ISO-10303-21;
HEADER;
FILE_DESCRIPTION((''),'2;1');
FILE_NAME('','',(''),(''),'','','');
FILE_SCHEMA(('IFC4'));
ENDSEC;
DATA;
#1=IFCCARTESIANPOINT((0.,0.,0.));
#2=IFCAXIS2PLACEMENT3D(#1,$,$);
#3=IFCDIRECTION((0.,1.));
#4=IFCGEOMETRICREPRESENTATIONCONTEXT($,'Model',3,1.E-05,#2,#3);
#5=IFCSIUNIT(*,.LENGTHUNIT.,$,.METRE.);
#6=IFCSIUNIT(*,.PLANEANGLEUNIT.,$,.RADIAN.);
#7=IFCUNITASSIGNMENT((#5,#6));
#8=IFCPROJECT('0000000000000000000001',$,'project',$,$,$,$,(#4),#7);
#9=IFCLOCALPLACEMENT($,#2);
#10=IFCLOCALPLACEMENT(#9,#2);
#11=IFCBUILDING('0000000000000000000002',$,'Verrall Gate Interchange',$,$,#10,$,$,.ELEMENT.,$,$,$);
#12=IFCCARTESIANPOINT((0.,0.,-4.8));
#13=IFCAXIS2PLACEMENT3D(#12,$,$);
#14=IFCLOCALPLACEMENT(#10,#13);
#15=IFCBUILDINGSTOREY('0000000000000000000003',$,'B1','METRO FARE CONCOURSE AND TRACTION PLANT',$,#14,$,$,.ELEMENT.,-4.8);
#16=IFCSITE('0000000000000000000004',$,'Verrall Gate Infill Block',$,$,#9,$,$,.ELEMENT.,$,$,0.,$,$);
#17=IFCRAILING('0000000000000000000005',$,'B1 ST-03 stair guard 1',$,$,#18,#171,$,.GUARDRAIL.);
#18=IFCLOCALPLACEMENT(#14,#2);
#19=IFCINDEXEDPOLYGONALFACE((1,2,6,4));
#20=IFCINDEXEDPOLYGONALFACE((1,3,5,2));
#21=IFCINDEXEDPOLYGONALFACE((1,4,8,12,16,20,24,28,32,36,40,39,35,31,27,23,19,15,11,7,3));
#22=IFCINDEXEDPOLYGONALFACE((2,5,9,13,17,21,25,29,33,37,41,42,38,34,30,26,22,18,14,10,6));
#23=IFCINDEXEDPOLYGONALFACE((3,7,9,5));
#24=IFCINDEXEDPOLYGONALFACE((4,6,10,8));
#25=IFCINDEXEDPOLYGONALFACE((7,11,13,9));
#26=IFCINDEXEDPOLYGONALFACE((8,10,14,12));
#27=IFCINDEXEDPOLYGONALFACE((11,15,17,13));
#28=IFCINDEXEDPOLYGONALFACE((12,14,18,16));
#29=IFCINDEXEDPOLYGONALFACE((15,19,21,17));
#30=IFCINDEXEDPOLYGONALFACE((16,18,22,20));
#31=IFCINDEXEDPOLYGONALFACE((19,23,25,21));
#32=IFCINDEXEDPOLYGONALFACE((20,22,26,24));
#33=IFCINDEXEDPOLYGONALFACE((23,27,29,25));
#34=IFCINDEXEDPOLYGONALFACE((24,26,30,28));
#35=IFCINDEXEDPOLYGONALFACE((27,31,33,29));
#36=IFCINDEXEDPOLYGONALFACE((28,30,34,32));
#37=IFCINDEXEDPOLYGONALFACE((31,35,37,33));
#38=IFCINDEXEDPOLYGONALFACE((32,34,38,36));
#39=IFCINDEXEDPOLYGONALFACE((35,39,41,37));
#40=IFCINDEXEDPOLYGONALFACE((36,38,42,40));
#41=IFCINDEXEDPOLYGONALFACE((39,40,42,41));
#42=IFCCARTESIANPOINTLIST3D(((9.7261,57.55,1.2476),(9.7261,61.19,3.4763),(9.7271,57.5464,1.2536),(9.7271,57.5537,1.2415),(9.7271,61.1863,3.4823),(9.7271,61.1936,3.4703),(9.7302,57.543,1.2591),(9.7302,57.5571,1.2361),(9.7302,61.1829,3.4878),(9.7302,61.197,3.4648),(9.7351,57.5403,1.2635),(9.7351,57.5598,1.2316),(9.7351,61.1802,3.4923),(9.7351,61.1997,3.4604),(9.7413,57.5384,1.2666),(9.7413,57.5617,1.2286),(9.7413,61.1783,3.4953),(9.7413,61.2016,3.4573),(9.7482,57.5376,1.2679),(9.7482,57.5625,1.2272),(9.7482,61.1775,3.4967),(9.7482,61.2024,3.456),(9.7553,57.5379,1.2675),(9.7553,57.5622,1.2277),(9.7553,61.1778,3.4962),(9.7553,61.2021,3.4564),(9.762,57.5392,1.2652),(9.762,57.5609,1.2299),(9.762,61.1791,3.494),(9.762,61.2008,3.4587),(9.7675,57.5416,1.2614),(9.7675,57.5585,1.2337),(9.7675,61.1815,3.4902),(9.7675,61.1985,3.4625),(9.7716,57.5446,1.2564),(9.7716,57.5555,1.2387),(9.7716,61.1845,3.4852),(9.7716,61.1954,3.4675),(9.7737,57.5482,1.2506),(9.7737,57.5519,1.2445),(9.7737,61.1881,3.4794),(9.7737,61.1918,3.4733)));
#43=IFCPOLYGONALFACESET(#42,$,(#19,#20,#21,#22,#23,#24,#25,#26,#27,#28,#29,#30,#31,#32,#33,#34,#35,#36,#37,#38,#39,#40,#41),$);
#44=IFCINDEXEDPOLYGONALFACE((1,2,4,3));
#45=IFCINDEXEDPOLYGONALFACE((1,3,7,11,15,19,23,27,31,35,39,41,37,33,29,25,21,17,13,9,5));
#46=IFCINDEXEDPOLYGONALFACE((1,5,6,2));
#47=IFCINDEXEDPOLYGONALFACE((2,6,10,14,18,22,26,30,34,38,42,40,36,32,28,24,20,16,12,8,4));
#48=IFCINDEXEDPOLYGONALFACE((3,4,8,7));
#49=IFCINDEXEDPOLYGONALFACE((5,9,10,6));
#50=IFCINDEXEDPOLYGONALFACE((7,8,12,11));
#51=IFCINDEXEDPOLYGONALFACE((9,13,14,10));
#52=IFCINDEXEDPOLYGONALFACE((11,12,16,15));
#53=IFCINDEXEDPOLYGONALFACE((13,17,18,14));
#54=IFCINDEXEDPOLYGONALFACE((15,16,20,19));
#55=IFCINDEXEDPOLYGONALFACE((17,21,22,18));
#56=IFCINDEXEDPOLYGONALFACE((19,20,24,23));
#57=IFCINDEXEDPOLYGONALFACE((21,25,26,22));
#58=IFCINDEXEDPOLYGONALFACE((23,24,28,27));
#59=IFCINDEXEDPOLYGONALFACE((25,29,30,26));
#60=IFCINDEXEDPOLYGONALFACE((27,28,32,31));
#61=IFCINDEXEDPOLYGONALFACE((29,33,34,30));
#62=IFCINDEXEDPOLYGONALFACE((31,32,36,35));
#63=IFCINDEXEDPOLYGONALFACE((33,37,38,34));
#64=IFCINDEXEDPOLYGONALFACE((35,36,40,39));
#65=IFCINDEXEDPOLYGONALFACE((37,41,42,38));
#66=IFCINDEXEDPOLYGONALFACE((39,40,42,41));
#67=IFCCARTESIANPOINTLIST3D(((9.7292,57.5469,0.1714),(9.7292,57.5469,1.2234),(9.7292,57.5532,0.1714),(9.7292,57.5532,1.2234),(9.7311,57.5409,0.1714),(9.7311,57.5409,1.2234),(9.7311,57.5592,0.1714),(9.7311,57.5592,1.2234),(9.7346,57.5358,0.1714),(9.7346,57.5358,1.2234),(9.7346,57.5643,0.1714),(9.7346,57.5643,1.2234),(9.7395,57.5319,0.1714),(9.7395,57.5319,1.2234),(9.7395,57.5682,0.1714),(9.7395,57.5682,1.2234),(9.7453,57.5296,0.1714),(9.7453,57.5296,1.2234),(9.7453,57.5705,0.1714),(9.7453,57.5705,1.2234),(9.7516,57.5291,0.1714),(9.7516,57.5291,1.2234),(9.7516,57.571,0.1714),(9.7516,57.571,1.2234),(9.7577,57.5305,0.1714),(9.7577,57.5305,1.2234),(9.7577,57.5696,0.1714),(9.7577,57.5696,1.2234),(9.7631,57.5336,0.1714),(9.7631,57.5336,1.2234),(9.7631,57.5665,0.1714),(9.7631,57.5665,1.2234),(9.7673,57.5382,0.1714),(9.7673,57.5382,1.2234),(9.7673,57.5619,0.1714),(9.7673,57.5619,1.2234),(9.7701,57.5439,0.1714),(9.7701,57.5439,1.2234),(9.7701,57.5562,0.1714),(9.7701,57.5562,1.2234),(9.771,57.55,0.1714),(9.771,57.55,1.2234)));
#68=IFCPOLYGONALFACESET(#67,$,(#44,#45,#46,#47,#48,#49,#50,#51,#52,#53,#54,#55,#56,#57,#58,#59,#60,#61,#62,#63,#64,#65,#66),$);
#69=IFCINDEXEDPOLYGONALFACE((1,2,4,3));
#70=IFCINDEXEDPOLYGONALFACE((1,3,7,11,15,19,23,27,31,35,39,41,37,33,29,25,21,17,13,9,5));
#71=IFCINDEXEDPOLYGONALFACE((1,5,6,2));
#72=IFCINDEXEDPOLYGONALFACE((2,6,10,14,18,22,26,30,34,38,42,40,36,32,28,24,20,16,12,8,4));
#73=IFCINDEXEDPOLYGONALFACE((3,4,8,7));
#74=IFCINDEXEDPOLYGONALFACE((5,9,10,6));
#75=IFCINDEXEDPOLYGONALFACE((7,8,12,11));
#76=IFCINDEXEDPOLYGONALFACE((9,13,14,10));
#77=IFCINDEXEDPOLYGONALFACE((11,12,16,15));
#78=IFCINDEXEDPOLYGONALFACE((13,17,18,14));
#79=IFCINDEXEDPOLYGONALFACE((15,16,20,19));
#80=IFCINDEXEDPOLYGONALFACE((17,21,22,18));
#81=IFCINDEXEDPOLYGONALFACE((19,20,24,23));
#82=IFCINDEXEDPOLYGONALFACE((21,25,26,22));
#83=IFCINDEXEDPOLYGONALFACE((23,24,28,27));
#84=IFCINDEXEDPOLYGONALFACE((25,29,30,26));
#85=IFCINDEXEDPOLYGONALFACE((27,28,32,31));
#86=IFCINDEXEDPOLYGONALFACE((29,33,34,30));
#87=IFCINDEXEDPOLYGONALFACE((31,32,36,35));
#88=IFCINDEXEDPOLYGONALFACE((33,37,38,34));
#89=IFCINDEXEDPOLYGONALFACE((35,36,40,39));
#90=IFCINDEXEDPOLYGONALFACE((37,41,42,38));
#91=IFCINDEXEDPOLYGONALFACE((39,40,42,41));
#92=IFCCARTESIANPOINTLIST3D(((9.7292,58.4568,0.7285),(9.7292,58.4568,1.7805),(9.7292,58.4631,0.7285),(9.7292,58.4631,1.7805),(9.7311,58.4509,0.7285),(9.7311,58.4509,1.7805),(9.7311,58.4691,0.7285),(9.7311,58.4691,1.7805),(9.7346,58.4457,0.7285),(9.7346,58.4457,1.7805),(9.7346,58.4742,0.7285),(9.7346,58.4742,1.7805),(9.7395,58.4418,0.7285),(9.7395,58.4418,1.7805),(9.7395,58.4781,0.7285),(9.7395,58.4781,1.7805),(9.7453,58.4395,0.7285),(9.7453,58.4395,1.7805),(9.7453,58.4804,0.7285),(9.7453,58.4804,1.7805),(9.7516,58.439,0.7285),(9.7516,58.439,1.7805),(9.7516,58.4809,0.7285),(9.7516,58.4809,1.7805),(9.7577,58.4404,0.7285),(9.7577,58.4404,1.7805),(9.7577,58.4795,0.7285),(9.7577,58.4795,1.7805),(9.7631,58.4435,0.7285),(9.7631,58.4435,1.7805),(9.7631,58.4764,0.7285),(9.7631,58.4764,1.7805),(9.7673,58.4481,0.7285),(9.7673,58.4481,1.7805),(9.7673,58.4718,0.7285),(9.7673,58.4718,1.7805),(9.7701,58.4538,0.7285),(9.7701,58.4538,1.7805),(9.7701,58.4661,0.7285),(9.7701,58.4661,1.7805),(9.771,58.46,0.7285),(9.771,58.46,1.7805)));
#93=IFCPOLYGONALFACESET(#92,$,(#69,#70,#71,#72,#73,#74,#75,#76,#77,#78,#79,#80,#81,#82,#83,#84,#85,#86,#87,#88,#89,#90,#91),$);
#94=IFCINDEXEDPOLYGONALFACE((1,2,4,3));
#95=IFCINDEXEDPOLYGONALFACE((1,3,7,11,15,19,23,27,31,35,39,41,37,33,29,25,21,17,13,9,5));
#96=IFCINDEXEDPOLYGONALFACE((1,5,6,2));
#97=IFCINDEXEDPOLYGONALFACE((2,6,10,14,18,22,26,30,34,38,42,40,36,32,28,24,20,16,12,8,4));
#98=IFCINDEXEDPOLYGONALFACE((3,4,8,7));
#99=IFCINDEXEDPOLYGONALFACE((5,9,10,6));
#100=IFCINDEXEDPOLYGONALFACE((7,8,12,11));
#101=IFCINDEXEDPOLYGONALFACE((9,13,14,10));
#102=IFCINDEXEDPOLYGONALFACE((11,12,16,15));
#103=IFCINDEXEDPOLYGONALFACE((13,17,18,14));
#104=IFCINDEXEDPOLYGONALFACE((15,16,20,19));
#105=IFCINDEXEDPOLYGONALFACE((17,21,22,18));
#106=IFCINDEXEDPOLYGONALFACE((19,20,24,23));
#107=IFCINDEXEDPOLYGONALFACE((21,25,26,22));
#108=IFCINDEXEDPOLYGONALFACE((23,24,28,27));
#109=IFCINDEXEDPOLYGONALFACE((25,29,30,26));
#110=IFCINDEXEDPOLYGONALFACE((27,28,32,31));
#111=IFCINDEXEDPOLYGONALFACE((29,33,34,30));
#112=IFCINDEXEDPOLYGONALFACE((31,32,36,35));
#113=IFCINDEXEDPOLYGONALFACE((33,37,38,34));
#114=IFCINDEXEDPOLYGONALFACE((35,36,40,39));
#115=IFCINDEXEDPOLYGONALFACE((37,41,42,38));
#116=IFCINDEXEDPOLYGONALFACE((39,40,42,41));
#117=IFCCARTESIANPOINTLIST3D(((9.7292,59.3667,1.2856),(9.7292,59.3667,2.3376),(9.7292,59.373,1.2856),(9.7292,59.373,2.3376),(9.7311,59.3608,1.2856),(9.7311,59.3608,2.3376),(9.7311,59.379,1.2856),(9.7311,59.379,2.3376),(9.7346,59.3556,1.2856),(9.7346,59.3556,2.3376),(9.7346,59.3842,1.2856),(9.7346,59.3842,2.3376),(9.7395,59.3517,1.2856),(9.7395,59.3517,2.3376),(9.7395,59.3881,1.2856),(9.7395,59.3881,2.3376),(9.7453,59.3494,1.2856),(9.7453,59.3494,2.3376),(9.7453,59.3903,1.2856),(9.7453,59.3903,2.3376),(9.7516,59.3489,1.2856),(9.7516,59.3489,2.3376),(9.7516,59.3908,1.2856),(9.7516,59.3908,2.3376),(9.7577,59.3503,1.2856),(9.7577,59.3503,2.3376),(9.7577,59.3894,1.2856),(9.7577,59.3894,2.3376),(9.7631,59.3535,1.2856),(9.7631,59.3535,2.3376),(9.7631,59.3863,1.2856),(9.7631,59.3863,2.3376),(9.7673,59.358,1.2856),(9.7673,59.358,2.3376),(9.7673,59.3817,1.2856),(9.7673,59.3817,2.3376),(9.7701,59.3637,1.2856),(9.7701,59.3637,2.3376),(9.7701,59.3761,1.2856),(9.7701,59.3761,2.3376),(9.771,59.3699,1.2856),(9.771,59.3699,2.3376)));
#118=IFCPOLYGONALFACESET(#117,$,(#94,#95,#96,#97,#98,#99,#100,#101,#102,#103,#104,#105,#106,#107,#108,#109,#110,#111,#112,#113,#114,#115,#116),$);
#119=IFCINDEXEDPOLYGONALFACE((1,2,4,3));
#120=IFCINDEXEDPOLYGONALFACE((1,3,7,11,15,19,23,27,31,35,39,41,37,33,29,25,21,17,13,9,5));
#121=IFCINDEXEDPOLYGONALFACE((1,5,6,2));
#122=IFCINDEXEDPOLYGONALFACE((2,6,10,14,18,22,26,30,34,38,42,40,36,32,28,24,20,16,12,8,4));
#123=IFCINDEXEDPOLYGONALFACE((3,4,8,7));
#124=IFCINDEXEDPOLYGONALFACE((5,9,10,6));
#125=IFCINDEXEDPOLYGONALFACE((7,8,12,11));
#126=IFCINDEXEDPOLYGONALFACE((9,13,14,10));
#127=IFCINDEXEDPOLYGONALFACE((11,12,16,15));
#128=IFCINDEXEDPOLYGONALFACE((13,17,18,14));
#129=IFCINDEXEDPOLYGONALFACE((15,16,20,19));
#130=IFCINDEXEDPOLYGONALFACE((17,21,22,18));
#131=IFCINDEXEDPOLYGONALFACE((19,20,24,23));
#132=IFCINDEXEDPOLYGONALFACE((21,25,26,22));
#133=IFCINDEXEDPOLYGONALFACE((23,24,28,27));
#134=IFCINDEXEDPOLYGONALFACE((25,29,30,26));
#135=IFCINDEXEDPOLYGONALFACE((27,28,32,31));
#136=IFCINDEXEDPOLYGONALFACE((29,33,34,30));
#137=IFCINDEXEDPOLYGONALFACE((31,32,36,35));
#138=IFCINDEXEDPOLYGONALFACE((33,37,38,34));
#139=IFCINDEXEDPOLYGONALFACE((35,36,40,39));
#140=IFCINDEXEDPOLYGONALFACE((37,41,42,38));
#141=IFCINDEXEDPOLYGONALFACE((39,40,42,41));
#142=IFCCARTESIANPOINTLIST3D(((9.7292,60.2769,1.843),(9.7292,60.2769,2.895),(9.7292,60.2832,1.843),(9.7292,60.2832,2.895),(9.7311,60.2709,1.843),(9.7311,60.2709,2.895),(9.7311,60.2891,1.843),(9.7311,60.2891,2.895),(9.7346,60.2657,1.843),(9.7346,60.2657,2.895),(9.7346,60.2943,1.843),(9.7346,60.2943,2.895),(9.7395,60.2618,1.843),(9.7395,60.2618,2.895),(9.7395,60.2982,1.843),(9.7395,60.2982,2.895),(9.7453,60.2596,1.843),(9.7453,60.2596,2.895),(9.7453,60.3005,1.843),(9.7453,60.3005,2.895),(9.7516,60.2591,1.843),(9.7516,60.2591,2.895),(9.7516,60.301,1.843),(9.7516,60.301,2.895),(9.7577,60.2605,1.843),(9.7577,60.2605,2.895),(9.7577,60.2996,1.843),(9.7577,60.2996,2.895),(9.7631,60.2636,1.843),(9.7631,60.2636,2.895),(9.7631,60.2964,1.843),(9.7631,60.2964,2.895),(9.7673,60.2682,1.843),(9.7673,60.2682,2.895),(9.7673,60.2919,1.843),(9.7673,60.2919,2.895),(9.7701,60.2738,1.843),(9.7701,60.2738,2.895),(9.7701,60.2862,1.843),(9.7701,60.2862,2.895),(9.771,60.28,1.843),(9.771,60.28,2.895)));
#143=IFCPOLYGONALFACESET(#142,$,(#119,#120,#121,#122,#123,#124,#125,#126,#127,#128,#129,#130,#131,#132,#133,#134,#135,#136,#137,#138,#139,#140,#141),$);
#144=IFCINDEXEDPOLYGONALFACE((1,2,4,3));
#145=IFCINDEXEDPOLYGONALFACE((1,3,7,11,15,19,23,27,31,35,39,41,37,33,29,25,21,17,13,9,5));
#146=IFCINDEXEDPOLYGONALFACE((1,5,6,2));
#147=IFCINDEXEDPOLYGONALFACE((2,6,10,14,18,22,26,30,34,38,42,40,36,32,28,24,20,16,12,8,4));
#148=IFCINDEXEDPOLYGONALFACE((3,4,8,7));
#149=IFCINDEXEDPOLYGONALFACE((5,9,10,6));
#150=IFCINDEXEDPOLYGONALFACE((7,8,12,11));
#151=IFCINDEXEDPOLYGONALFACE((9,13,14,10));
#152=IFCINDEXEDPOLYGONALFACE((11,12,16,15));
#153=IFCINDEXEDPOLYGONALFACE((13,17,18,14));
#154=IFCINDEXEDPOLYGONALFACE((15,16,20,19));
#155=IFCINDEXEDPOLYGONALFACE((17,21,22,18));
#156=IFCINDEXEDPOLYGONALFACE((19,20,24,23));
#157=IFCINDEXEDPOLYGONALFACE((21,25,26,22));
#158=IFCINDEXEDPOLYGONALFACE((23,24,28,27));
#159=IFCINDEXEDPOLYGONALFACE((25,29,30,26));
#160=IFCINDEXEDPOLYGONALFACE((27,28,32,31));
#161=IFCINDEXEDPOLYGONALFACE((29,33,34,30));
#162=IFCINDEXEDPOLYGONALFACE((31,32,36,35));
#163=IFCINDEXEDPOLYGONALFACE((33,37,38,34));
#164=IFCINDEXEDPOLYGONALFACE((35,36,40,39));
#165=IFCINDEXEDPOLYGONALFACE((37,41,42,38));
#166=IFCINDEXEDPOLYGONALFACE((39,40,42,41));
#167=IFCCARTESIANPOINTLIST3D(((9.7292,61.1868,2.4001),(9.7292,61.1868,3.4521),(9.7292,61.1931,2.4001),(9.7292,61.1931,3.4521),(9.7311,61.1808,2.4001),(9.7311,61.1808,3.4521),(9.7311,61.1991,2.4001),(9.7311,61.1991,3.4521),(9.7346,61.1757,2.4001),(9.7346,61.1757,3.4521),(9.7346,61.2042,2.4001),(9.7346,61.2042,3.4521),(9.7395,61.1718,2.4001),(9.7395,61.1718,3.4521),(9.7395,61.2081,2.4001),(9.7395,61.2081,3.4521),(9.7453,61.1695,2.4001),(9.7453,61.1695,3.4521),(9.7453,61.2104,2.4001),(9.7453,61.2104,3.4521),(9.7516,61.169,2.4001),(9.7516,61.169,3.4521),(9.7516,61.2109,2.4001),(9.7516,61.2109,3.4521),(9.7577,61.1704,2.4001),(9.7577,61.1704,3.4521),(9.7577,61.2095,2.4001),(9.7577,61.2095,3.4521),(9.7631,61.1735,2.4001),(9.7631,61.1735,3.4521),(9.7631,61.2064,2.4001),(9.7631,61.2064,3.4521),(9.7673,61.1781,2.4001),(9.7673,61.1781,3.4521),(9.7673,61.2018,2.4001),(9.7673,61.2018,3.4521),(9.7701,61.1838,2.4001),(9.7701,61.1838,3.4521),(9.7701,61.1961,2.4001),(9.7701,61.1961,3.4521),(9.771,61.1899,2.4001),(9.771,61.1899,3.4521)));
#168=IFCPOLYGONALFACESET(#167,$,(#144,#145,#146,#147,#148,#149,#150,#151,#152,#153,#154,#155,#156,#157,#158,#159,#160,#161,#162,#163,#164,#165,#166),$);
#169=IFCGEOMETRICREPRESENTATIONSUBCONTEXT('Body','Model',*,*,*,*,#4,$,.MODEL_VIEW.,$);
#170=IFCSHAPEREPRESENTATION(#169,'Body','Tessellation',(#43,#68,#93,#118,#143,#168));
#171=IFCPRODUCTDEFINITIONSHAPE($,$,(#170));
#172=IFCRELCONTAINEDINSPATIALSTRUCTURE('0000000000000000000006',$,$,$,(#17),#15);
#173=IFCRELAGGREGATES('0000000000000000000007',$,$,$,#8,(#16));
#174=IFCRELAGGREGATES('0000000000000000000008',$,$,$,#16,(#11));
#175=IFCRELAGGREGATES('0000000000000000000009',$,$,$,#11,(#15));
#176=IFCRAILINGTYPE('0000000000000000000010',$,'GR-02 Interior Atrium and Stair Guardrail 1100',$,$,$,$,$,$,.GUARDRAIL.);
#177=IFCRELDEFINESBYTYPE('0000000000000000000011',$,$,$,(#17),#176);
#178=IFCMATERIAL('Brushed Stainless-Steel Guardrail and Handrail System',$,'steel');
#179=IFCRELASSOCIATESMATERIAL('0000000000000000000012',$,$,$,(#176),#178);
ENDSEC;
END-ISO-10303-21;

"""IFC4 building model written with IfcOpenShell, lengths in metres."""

from ifc_helpers import new_model, si_unit, direction, frame, origin, origin_2d, place, context, subcontext, project, spatial, circle, extrude, material, type_object, element, save


model = new_model("IFC4")

# Units and contexts
model_context = context("Model", 3, precision=1e-05, world=origin(), true_north=direction((0.0, 1.0)))
body_context = subcontext(model_context, "Body", "Model", "MODEL_VIEW")
ifc_project = project(units=[si_unit("LENGTHUNIT", "METRE"), si_unit("PLANEANGLEUNIT", "RADIAN")], contexts=[model_context])

# Site, building, storey
site_placement = place(None, origin())
site = spatial("IfcSite", under=ifc_project, at=site_placement, Name="Verrall Gate Infill Block", CompositionType="ELEMENT", RefElevation=0.0)
building_placement = place(site_placement, origin())
building = spatial("IfcBuilding", under=site, at=building_placement, Name="Verrall Gate Interchange", CompositionType="ELEMENT")
storey_placement = place(building_placement, frame((0.0, 0.0, -4.8)))
storey = spatial("IfcBuildingStorey", under=building, at=storey_placement, Name="B1", Description="METRO FARE CONCOURSE AND TRACTION PLANT", CompositionType="ELEMENT", Elevation=-4.8)

# Railing
ifc_material_1 = material(Name="Brushed Stainless-Steel Guardrail and Handrail System", Category="steel")
railing_type_1 = type_object("IfcRailingType", Name="GR-02 Interior Atrium and Stair Guardrail 1100", PredefinedType="GUARDRAIL", material=ifc_material_1)
railing_1_placement = place(storey_placement, frame((9.75, 57.55, 0.1714)))
element("IfcRailing", 1, at=railing_1_placement, inside=storey, type_object=railing_type_1, Name="B1 ST-03 stair guard 1", PredefinedType="GUARDRAIL", context=body_context, shape_type="SweptSolid", body=[
    extrude(circle(Radius=0.0239, at=origin_2d()), frame((0.0, 0.0, 1.0762), z_axis=(0.0, 0.852825, 0.522197), x_axis=(-1.0, 0.0, 0.0)), (0.0, 0.0, 1.0), 4.2681),
    extrude(circle(Radius=0.021, at=origin_2d()), origin(), (0.0, 0.0, 1.0), 1.052),
    extrude(circle(Radius=0.021, at=origin_2d()), frame((0.0, 0.9099, 0.5571)), (0.0, 0.0, 1.0), 1.052),
    extrude(circle(Radius=0.021, at=origin_2d()), frame((0.0, 1.8198, 1.1143)), (0.0, 0.0, 1.0), 1.052),
    extrude(circle(Radius=0.021, at=origin_2d()), frame((0.0, 2.73, 1.6716)), (0.0, 0.0, 1.0), 1.052),
    extrude(circle(Radius=0.021, at=origin_2d()), frame((0.0, 3.6399, 2.2288)), (0.0, 0.0, 1.0), 1.052),
])

save(model, "model.ifc")
